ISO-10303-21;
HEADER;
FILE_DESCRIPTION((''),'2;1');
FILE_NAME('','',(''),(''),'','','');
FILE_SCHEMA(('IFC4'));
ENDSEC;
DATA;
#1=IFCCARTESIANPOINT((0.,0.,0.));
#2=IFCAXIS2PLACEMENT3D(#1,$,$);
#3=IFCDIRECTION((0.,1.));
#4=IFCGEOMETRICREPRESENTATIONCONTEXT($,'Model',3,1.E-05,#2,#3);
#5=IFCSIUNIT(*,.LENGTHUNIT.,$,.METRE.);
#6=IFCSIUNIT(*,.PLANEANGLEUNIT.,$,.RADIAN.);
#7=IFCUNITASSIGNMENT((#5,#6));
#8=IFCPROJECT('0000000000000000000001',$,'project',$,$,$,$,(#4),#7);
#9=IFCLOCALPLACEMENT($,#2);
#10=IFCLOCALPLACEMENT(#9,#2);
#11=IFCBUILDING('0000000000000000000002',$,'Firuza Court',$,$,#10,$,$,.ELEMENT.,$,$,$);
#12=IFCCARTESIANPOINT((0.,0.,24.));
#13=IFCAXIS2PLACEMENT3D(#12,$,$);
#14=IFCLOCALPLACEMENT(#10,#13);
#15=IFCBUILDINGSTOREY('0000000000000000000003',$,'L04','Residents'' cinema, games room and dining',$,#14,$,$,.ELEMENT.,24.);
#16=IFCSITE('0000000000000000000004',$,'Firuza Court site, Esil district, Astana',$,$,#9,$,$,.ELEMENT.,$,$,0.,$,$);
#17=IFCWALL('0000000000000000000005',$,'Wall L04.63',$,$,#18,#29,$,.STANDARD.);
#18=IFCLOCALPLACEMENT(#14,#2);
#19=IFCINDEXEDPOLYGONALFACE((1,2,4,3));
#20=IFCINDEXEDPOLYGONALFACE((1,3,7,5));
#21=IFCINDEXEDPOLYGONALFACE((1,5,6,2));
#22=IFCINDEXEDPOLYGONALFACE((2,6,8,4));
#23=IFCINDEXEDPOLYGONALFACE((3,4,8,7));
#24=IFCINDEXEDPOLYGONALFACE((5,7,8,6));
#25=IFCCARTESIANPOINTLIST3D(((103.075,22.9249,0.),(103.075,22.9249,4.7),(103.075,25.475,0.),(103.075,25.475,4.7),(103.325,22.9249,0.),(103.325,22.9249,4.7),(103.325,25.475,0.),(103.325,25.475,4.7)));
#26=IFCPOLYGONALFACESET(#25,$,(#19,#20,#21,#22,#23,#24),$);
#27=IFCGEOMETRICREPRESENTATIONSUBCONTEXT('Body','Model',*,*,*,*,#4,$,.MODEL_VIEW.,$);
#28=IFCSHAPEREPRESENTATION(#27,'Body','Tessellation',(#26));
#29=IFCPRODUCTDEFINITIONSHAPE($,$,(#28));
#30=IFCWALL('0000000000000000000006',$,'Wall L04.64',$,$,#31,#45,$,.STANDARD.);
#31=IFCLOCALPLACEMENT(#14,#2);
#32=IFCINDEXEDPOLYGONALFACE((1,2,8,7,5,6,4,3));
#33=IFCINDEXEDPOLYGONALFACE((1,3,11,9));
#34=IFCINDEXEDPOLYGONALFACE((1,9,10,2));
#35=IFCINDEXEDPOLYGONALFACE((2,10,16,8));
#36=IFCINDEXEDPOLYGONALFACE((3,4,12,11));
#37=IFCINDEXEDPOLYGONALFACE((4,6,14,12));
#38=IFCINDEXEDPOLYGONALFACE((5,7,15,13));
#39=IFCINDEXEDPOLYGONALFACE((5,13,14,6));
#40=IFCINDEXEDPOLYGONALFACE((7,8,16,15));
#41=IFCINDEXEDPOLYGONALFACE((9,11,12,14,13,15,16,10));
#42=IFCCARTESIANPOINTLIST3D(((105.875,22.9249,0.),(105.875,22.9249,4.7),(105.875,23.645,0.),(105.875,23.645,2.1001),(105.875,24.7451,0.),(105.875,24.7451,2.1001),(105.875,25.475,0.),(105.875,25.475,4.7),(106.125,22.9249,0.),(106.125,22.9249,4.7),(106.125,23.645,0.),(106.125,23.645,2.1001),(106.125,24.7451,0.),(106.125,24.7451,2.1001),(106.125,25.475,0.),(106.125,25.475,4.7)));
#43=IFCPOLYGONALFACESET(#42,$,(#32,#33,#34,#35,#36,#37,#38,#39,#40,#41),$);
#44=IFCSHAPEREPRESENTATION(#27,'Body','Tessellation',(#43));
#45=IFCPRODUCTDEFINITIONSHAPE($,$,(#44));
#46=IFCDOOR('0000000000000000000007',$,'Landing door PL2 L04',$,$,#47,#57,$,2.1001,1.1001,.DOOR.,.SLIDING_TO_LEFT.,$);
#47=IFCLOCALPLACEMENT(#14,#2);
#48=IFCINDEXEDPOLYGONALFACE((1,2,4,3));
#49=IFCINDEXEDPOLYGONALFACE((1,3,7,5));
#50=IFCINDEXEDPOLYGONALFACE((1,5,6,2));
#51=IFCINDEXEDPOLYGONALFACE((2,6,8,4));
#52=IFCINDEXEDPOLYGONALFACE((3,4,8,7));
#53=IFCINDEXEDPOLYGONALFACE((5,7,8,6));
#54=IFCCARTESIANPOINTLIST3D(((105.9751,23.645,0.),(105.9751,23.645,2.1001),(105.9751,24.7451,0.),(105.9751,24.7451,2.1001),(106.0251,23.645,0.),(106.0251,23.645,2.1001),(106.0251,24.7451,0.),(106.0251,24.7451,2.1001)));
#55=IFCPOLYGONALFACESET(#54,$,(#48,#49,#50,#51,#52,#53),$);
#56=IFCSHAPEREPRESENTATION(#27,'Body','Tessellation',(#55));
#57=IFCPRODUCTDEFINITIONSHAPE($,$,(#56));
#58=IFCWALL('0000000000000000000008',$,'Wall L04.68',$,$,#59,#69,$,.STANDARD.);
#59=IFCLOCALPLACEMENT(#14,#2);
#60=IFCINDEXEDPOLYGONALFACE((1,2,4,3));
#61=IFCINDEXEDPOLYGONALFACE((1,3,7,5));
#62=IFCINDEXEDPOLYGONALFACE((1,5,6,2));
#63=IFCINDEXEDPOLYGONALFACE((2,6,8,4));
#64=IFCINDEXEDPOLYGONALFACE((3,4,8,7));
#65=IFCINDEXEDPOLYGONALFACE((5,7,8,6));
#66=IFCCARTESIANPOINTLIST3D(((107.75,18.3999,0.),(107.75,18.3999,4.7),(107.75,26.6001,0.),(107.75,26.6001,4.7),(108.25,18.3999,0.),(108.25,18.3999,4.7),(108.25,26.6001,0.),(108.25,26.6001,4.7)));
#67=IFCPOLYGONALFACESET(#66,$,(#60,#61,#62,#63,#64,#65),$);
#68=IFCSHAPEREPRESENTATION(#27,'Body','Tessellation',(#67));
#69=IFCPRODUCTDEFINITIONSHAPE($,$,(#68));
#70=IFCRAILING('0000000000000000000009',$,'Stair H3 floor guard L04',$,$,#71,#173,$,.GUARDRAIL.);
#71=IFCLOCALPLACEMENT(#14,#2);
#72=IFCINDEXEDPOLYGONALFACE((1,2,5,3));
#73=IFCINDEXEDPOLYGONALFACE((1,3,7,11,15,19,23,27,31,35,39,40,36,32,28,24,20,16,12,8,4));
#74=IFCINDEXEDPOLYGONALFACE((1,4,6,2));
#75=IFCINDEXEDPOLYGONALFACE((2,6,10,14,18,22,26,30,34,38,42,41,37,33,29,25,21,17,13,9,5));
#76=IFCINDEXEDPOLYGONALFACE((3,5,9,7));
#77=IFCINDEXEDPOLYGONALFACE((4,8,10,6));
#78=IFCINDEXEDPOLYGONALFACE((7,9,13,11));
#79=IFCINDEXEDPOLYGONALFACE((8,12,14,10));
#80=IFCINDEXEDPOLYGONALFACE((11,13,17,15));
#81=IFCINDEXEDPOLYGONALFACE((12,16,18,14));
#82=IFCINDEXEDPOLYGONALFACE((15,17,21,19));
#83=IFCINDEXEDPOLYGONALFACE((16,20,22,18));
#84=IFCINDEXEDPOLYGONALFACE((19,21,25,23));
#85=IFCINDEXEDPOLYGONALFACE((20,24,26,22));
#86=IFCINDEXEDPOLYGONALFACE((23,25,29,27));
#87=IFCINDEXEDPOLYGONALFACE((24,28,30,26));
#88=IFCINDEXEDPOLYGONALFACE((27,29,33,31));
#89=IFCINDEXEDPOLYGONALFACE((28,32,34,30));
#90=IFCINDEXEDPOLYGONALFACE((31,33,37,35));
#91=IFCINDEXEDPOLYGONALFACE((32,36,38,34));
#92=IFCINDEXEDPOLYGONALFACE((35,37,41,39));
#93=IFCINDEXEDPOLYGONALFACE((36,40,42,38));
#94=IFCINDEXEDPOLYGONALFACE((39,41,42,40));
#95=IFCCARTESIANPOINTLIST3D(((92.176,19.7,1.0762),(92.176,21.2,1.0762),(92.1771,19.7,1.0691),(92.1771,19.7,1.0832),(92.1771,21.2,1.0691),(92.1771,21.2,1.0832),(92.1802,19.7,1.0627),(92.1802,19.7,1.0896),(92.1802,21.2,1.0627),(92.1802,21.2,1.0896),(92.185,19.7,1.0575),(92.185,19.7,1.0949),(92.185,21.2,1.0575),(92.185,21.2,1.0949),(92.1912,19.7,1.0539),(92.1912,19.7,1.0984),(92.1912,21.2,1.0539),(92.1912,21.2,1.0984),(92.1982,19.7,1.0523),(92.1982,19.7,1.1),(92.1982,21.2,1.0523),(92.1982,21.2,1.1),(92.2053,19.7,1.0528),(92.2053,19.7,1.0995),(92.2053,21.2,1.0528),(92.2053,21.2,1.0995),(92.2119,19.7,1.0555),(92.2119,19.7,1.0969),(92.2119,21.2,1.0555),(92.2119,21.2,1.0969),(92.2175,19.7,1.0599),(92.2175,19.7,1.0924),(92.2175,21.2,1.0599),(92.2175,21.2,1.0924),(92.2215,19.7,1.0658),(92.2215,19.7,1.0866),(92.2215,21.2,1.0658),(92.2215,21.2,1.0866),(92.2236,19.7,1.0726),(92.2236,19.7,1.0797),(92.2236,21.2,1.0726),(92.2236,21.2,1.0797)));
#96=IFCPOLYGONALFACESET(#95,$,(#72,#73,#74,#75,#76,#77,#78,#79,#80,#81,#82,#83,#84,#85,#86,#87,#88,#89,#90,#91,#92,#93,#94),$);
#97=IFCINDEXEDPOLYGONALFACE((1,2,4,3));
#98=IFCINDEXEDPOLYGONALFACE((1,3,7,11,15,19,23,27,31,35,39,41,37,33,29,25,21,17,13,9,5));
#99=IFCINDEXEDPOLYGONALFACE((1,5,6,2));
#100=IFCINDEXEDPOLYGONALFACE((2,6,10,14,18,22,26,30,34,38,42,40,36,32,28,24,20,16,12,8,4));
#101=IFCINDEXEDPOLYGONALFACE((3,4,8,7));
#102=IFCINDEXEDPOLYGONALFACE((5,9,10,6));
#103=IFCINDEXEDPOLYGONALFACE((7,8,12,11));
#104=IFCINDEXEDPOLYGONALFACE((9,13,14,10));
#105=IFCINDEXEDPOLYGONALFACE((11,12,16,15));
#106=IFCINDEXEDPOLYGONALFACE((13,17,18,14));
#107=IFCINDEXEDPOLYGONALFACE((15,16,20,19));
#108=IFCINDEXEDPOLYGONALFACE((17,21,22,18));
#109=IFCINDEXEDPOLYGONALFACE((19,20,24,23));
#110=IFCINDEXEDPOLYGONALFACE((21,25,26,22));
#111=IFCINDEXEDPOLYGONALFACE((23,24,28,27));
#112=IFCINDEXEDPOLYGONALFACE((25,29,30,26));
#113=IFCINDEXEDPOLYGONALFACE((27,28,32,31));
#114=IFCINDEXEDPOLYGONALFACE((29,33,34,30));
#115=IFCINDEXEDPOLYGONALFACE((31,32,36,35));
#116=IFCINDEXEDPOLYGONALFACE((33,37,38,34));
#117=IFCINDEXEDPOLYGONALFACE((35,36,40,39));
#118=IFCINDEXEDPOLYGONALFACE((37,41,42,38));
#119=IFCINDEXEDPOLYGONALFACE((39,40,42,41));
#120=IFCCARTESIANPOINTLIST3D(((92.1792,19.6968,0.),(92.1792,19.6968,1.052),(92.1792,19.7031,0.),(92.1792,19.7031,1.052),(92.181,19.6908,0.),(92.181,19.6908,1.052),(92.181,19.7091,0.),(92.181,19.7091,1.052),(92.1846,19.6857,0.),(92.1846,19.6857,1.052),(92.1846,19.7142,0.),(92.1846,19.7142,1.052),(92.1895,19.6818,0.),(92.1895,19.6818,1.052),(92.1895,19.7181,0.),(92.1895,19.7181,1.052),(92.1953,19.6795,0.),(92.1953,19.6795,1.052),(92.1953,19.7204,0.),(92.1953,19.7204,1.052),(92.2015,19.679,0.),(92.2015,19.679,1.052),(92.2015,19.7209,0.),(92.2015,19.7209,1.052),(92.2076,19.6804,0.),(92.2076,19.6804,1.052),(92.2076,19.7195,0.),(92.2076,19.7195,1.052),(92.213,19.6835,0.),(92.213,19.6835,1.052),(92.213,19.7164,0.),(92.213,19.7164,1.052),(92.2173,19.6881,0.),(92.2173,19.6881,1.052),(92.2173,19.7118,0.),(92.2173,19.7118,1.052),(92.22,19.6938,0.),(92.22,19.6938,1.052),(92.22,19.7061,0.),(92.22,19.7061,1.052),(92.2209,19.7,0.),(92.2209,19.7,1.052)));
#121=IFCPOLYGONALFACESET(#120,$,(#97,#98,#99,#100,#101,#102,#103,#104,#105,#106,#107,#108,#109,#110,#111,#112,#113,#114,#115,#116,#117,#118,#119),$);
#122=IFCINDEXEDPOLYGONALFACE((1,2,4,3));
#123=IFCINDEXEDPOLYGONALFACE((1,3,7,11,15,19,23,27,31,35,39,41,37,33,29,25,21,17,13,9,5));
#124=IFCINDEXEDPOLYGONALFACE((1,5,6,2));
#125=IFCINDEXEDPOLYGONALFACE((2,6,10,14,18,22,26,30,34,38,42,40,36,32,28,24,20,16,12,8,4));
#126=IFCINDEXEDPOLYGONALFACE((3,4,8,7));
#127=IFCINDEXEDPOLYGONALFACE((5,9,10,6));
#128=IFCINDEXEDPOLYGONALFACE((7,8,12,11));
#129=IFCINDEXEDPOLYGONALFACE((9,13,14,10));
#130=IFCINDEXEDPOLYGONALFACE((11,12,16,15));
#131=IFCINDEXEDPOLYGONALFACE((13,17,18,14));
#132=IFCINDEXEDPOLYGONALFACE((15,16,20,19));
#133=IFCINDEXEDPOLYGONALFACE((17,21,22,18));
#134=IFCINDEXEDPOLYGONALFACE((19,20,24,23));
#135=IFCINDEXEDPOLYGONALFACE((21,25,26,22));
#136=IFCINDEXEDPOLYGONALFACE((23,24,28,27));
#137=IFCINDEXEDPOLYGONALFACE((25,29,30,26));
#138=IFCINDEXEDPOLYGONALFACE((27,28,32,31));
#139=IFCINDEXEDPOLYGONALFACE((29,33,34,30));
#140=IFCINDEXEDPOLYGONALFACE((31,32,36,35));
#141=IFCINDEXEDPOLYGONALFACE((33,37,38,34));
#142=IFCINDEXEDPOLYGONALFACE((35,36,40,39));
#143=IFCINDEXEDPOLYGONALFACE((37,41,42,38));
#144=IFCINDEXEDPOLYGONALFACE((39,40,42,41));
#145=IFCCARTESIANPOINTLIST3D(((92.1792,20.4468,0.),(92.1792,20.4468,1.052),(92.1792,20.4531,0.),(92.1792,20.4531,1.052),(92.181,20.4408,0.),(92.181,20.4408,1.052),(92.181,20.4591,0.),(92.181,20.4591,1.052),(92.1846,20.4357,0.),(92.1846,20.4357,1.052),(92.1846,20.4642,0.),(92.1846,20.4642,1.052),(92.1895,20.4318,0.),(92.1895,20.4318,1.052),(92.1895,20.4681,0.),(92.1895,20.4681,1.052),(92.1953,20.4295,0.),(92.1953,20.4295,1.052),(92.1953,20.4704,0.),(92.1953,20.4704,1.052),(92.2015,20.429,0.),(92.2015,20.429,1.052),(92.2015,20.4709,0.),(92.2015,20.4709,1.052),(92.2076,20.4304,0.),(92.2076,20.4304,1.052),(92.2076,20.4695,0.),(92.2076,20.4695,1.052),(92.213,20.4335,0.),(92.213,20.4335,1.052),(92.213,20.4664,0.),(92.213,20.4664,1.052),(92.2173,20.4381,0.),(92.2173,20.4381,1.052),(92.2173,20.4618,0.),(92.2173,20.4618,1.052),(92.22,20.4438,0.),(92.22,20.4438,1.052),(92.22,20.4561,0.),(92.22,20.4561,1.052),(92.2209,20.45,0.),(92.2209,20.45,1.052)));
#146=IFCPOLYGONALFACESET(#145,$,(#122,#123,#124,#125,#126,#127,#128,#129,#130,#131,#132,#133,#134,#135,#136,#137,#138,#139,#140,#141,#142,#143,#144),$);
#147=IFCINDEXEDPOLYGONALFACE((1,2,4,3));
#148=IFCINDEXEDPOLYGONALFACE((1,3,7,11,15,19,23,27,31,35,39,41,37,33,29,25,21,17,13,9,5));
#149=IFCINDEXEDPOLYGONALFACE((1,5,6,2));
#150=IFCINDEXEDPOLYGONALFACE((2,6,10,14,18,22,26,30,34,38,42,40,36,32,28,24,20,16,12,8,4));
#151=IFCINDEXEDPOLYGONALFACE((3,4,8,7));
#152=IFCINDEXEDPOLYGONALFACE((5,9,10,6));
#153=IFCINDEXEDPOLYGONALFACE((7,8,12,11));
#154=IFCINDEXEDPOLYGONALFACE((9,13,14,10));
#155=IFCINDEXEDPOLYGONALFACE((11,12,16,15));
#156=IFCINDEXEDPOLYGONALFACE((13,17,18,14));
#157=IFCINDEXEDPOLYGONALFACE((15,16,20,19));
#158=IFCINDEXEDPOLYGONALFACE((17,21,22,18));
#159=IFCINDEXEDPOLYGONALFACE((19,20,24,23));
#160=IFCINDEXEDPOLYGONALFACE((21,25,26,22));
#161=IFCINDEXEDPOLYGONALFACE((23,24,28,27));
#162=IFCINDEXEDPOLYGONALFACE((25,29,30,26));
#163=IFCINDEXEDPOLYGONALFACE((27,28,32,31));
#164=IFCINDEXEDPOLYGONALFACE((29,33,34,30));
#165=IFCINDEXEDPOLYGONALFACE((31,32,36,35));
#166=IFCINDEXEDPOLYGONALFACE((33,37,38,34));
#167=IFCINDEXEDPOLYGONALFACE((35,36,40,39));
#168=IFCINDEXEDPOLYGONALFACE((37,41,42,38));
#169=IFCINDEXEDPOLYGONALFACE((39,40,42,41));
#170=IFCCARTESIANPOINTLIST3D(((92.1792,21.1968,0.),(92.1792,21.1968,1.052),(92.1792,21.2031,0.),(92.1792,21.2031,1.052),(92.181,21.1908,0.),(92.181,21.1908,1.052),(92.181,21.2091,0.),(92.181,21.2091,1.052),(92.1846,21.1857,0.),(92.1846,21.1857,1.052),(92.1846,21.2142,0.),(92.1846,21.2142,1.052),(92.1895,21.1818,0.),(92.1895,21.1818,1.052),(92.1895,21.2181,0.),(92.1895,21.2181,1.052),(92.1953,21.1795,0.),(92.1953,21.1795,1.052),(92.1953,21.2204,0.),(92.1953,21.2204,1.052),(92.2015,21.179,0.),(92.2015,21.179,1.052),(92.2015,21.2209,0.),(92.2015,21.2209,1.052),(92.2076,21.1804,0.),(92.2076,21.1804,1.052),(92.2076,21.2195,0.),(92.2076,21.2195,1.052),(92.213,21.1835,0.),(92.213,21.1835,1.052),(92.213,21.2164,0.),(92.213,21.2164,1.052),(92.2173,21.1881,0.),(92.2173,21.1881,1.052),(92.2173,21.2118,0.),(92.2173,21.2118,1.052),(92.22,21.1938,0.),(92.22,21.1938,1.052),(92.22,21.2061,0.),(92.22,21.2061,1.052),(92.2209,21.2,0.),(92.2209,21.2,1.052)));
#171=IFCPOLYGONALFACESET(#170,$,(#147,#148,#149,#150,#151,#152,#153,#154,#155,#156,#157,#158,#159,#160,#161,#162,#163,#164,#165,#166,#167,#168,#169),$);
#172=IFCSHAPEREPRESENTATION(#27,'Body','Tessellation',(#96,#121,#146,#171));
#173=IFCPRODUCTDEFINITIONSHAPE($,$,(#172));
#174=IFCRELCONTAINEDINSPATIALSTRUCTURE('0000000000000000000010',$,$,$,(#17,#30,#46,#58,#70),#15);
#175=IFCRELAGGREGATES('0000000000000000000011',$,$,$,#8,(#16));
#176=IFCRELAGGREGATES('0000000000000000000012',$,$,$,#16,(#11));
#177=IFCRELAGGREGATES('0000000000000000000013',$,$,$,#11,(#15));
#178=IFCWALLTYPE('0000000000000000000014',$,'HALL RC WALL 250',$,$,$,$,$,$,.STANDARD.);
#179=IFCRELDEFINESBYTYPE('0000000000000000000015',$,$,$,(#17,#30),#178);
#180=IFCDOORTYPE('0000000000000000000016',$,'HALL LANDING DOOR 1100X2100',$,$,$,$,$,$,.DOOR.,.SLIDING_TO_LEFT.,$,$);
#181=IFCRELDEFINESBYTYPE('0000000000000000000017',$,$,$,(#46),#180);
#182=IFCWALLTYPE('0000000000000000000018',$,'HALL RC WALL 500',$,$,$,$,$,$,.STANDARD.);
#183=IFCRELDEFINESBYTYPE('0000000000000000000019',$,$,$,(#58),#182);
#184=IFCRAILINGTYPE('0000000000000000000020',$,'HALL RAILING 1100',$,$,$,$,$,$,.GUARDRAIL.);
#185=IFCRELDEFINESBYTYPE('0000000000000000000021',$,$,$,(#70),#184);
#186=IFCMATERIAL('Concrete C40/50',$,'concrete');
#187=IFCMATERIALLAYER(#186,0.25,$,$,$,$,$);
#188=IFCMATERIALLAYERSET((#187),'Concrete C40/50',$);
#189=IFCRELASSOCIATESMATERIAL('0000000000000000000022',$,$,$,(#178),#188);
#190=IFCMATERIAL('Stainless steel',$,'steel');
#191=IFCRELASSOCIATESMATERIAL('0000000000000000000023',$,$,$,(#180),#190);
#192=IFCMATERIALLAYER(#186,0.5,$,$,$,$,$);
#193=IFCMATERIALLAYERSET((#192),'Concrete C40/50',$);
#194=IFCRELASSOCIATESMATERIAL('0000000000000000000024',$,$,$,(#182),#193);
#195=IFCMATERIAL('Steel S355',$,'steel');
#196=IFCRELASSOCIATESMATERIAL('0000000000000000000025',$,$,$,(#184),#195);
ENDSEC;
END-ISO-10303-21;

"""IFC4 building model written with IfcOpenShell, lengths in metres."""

from ifc_helpers import new_model, si_unit, direction, frame, frame_2d, origin, origin_2d, place, context, subcontext, project, spatial, rectangle, circle, extrude, material, layer, layer_set, type_object, element, fill, save


model = new_model("IFC4")

# Units and contexts
model_context = context("Model", 3, precision=1e-05, world=origin(), true_north=direction((0.0, 1.0)))
body_context = subcontext(model_context, "Body", "Model", "MODEL_VIEW")
ifc_project = project(units=[si_unit("LENGTHUNIT", "METRE"), si_unit("PLANEANGLEUNIT", "RADIAN")], contexts=[model_context])

# Site, building, storey
site_placement = place(None, origin())
site = spatial("IfcSite", under=ifc_project, at=site_placement, Name="Firuza Court site, Esil district, Astana", CompositionType="ELEMENT", RefElevation=0.0)
building_placement = place(site_placement, origin())
building = spatial("IfcBuilding", under=site, at=building_placement, Name="Firuza Court", CompositionType="ELEMENT")
storey_placement = place(building_placement, frame((0.0, 0.0, 24.0)))
storey = spatial("IfcBuildingStorey", under=building, at=storey_placement, Name="L04", Description="Residents' cinema, games room and dining", CompositionType="ELEMENT", Elevation=24.0)

# Shared definitions
ifc_material_1 = material(Name="Concrete C40/50", Category="concrete")
ifc_layer_1 = layer(ifc_material_1, 0.25)
ifc_layer_set_1 = layer_set([ifc_layer_1], Name="Concrete C40/50")
wall_type_1 = type_object("IfcWallType", Name="HALL RC WALL 250", PredefinedType="STANDARD", material=ifc_layer_set_1)

# Shared definitions
ifc_material_2 = material(Name="Stainless steel", Category="steel")
door_type_1 = type_object("IfcDoorType", Name="HALL LANDING DOOR 1100X2100", OperationType="SLIDING_TO_LEFT", PredefinedType="DOOR", material=ifc_material_2)

# Wall
wall_1_placement = place(storey_placement, frame((103.2, 22.925, 0.0), z_axis=(0.0, 0.0, 1.0), x_axis=(0.0, 1.0, 0.0)))
element("IfcWall", 1, at=wall_1_placement, inside=storey, type_object=wall_type_1, Name="Wall L04.63", PredefinedType="STANDARD", context=body_context, shape_type="SweptSolid", body=[
    extrude(rectangle(XDim=2.55, YDim=0.25, at=frame_2d((1.2749, 0.0))), origin(), (0.0, 0.0, 1.0), 4.7),
])

# Wall, opening, door
wall_2_placement = place(storey_placement, frame((106.0, 22.925, 0.0), z_axis=(0.0, 0.0, 1.0), x_axis=(0.0, 1.0, 0.0)))
wall_2 = element("IfcWall", 2, at=wall_2_placement, inside=storey, type_object=wall_type_1, Name="Wall L04.64", PredefinedType="STANDARD", context=body_context, shape_type="SweptSolid", body=[
    extrude(rectangle(XDim=2.55, YDim=0.25, at=frame_2d((1.2749, 0.0))), origin(), (0.0, 0.0, 1.0), 4.7),
])
opening_1_placement = place(wall_2_placement, frame((0.72, 0.0, 0.0)))
opening_1 = element("IfcOpeningElement", 3, at=opening_1_placement, cuts=wall_2, PredefinedType="OPENING", context=body_context, shape_type="SweptSolid", body=[
    extrude(rectangle(XDim=1.1001, YDim=2.1001, at=frame_2d((0.55, 1.05))), frame((0.0, 0.137, 0.0), z_axis=(0.0, -1.0, 0.0), x_axis=(1.0, 0.0, 0.0)), (0.0, 0.0, 1.0), 0.2739),
])
door_1_placement = place(opening_1_placement, origin())
door_1 = element("IfcDoor", 4, at=door_1_placement, inside=storey, type_object=door_type_1, Name="Landing door PL2 L04", OperationType="SLIDING_TO_LEFT", OverallHeight=2.1001, OverallWidth=1.1001, PredefinedType="DOOR", context=body_context, shape_type="SweptSolid", body=[
    extrude(rectangle(XDim=1.1001, YDim=2.1001, at=frame_2d((0.55, 1.05))), frame((0.0, 0.0249, 0.0), z_axis=(0.0, -1.0, 0.0), x_axis=(1.0, 0.0, 0.0)), (0.0, 0.0, 1.0), 0.05),
])
fill(opening_1, door_1)

# Wall
ifc_layer_2 = layer(ifc_material_1, 0.5)
ifc_layer_set_2 = layer_set([ifc_layer_2], Name="Concrete C40/50")
wall_type_2 = type_object("IfcWallType", Name="HALL RC WALL 500", PredefinedType="STANDARD", material=ifc_layer_set_2)
wall_3_placement = place(storey_placement, frame((108.0, 18.3999, 0.0), z_axis=(0.0, 0.0, 1.0), x_axis=(0.0, 1.0, 0.0)))
element("IfcWall", 5, at=wall_3_placement, inside=storey, type_object=wall_type_2, Name="Wall L04.68", PredefinedType="STANDARD", context=body_context, shape_type="SweptSolid", body=[
    extrude(rectangle(XDim=8.2002, YDim=0.5, at=frame_2d((4.1001, 0.0))), origin(), (0.0, 0.0, 1.0), 4.7),
])

# Railing
ifc_material_3 = material(Name="Steel S355", Category="steel")
railing_type = type_object("IfcRailingType", Name="HALL RAILING 1100", PredefinedType="GUARDRAIL", material=ifc_material_3)
railing_placement = place(storey_placement, frame((92.2, 19.7, 0.0)))
element("IfcRailing", 6, at=railing_placement, inside=storey, type_object=railing_type, Name="Stair H3 floor guard L04", PredefinedType="GUARDRAIL", context=body_context, shape_type="SweptSolid", body=[
    extrude(circle(Radius=0.0239, at=origin_2d()), frame((0.0, 0.0, 1.0762), z_axis=(0.0, 1.0, 0.0), x_axis=(-1.0, 0.0, 0.0)), (0.0, 0.0, 1.0), 1.5),
    extrude(circle(Radius=0.021, at=origin_2d()), origin(), (0.0, 0.0, 1.0), 1.052),
    extrude(circle(Radius=0.021, at=origin_2d()), frame((0.0, 0.75, 0.0)), (0.0, 0.0, 1.0), 1.052),
    extrude(circle(Radius=0.021, at=origin_2d()), frame((0.0, 1.5, 0.0)), (0.0, 0.0, 1.0), 1.052),
])

save(model, "model.ifc")
